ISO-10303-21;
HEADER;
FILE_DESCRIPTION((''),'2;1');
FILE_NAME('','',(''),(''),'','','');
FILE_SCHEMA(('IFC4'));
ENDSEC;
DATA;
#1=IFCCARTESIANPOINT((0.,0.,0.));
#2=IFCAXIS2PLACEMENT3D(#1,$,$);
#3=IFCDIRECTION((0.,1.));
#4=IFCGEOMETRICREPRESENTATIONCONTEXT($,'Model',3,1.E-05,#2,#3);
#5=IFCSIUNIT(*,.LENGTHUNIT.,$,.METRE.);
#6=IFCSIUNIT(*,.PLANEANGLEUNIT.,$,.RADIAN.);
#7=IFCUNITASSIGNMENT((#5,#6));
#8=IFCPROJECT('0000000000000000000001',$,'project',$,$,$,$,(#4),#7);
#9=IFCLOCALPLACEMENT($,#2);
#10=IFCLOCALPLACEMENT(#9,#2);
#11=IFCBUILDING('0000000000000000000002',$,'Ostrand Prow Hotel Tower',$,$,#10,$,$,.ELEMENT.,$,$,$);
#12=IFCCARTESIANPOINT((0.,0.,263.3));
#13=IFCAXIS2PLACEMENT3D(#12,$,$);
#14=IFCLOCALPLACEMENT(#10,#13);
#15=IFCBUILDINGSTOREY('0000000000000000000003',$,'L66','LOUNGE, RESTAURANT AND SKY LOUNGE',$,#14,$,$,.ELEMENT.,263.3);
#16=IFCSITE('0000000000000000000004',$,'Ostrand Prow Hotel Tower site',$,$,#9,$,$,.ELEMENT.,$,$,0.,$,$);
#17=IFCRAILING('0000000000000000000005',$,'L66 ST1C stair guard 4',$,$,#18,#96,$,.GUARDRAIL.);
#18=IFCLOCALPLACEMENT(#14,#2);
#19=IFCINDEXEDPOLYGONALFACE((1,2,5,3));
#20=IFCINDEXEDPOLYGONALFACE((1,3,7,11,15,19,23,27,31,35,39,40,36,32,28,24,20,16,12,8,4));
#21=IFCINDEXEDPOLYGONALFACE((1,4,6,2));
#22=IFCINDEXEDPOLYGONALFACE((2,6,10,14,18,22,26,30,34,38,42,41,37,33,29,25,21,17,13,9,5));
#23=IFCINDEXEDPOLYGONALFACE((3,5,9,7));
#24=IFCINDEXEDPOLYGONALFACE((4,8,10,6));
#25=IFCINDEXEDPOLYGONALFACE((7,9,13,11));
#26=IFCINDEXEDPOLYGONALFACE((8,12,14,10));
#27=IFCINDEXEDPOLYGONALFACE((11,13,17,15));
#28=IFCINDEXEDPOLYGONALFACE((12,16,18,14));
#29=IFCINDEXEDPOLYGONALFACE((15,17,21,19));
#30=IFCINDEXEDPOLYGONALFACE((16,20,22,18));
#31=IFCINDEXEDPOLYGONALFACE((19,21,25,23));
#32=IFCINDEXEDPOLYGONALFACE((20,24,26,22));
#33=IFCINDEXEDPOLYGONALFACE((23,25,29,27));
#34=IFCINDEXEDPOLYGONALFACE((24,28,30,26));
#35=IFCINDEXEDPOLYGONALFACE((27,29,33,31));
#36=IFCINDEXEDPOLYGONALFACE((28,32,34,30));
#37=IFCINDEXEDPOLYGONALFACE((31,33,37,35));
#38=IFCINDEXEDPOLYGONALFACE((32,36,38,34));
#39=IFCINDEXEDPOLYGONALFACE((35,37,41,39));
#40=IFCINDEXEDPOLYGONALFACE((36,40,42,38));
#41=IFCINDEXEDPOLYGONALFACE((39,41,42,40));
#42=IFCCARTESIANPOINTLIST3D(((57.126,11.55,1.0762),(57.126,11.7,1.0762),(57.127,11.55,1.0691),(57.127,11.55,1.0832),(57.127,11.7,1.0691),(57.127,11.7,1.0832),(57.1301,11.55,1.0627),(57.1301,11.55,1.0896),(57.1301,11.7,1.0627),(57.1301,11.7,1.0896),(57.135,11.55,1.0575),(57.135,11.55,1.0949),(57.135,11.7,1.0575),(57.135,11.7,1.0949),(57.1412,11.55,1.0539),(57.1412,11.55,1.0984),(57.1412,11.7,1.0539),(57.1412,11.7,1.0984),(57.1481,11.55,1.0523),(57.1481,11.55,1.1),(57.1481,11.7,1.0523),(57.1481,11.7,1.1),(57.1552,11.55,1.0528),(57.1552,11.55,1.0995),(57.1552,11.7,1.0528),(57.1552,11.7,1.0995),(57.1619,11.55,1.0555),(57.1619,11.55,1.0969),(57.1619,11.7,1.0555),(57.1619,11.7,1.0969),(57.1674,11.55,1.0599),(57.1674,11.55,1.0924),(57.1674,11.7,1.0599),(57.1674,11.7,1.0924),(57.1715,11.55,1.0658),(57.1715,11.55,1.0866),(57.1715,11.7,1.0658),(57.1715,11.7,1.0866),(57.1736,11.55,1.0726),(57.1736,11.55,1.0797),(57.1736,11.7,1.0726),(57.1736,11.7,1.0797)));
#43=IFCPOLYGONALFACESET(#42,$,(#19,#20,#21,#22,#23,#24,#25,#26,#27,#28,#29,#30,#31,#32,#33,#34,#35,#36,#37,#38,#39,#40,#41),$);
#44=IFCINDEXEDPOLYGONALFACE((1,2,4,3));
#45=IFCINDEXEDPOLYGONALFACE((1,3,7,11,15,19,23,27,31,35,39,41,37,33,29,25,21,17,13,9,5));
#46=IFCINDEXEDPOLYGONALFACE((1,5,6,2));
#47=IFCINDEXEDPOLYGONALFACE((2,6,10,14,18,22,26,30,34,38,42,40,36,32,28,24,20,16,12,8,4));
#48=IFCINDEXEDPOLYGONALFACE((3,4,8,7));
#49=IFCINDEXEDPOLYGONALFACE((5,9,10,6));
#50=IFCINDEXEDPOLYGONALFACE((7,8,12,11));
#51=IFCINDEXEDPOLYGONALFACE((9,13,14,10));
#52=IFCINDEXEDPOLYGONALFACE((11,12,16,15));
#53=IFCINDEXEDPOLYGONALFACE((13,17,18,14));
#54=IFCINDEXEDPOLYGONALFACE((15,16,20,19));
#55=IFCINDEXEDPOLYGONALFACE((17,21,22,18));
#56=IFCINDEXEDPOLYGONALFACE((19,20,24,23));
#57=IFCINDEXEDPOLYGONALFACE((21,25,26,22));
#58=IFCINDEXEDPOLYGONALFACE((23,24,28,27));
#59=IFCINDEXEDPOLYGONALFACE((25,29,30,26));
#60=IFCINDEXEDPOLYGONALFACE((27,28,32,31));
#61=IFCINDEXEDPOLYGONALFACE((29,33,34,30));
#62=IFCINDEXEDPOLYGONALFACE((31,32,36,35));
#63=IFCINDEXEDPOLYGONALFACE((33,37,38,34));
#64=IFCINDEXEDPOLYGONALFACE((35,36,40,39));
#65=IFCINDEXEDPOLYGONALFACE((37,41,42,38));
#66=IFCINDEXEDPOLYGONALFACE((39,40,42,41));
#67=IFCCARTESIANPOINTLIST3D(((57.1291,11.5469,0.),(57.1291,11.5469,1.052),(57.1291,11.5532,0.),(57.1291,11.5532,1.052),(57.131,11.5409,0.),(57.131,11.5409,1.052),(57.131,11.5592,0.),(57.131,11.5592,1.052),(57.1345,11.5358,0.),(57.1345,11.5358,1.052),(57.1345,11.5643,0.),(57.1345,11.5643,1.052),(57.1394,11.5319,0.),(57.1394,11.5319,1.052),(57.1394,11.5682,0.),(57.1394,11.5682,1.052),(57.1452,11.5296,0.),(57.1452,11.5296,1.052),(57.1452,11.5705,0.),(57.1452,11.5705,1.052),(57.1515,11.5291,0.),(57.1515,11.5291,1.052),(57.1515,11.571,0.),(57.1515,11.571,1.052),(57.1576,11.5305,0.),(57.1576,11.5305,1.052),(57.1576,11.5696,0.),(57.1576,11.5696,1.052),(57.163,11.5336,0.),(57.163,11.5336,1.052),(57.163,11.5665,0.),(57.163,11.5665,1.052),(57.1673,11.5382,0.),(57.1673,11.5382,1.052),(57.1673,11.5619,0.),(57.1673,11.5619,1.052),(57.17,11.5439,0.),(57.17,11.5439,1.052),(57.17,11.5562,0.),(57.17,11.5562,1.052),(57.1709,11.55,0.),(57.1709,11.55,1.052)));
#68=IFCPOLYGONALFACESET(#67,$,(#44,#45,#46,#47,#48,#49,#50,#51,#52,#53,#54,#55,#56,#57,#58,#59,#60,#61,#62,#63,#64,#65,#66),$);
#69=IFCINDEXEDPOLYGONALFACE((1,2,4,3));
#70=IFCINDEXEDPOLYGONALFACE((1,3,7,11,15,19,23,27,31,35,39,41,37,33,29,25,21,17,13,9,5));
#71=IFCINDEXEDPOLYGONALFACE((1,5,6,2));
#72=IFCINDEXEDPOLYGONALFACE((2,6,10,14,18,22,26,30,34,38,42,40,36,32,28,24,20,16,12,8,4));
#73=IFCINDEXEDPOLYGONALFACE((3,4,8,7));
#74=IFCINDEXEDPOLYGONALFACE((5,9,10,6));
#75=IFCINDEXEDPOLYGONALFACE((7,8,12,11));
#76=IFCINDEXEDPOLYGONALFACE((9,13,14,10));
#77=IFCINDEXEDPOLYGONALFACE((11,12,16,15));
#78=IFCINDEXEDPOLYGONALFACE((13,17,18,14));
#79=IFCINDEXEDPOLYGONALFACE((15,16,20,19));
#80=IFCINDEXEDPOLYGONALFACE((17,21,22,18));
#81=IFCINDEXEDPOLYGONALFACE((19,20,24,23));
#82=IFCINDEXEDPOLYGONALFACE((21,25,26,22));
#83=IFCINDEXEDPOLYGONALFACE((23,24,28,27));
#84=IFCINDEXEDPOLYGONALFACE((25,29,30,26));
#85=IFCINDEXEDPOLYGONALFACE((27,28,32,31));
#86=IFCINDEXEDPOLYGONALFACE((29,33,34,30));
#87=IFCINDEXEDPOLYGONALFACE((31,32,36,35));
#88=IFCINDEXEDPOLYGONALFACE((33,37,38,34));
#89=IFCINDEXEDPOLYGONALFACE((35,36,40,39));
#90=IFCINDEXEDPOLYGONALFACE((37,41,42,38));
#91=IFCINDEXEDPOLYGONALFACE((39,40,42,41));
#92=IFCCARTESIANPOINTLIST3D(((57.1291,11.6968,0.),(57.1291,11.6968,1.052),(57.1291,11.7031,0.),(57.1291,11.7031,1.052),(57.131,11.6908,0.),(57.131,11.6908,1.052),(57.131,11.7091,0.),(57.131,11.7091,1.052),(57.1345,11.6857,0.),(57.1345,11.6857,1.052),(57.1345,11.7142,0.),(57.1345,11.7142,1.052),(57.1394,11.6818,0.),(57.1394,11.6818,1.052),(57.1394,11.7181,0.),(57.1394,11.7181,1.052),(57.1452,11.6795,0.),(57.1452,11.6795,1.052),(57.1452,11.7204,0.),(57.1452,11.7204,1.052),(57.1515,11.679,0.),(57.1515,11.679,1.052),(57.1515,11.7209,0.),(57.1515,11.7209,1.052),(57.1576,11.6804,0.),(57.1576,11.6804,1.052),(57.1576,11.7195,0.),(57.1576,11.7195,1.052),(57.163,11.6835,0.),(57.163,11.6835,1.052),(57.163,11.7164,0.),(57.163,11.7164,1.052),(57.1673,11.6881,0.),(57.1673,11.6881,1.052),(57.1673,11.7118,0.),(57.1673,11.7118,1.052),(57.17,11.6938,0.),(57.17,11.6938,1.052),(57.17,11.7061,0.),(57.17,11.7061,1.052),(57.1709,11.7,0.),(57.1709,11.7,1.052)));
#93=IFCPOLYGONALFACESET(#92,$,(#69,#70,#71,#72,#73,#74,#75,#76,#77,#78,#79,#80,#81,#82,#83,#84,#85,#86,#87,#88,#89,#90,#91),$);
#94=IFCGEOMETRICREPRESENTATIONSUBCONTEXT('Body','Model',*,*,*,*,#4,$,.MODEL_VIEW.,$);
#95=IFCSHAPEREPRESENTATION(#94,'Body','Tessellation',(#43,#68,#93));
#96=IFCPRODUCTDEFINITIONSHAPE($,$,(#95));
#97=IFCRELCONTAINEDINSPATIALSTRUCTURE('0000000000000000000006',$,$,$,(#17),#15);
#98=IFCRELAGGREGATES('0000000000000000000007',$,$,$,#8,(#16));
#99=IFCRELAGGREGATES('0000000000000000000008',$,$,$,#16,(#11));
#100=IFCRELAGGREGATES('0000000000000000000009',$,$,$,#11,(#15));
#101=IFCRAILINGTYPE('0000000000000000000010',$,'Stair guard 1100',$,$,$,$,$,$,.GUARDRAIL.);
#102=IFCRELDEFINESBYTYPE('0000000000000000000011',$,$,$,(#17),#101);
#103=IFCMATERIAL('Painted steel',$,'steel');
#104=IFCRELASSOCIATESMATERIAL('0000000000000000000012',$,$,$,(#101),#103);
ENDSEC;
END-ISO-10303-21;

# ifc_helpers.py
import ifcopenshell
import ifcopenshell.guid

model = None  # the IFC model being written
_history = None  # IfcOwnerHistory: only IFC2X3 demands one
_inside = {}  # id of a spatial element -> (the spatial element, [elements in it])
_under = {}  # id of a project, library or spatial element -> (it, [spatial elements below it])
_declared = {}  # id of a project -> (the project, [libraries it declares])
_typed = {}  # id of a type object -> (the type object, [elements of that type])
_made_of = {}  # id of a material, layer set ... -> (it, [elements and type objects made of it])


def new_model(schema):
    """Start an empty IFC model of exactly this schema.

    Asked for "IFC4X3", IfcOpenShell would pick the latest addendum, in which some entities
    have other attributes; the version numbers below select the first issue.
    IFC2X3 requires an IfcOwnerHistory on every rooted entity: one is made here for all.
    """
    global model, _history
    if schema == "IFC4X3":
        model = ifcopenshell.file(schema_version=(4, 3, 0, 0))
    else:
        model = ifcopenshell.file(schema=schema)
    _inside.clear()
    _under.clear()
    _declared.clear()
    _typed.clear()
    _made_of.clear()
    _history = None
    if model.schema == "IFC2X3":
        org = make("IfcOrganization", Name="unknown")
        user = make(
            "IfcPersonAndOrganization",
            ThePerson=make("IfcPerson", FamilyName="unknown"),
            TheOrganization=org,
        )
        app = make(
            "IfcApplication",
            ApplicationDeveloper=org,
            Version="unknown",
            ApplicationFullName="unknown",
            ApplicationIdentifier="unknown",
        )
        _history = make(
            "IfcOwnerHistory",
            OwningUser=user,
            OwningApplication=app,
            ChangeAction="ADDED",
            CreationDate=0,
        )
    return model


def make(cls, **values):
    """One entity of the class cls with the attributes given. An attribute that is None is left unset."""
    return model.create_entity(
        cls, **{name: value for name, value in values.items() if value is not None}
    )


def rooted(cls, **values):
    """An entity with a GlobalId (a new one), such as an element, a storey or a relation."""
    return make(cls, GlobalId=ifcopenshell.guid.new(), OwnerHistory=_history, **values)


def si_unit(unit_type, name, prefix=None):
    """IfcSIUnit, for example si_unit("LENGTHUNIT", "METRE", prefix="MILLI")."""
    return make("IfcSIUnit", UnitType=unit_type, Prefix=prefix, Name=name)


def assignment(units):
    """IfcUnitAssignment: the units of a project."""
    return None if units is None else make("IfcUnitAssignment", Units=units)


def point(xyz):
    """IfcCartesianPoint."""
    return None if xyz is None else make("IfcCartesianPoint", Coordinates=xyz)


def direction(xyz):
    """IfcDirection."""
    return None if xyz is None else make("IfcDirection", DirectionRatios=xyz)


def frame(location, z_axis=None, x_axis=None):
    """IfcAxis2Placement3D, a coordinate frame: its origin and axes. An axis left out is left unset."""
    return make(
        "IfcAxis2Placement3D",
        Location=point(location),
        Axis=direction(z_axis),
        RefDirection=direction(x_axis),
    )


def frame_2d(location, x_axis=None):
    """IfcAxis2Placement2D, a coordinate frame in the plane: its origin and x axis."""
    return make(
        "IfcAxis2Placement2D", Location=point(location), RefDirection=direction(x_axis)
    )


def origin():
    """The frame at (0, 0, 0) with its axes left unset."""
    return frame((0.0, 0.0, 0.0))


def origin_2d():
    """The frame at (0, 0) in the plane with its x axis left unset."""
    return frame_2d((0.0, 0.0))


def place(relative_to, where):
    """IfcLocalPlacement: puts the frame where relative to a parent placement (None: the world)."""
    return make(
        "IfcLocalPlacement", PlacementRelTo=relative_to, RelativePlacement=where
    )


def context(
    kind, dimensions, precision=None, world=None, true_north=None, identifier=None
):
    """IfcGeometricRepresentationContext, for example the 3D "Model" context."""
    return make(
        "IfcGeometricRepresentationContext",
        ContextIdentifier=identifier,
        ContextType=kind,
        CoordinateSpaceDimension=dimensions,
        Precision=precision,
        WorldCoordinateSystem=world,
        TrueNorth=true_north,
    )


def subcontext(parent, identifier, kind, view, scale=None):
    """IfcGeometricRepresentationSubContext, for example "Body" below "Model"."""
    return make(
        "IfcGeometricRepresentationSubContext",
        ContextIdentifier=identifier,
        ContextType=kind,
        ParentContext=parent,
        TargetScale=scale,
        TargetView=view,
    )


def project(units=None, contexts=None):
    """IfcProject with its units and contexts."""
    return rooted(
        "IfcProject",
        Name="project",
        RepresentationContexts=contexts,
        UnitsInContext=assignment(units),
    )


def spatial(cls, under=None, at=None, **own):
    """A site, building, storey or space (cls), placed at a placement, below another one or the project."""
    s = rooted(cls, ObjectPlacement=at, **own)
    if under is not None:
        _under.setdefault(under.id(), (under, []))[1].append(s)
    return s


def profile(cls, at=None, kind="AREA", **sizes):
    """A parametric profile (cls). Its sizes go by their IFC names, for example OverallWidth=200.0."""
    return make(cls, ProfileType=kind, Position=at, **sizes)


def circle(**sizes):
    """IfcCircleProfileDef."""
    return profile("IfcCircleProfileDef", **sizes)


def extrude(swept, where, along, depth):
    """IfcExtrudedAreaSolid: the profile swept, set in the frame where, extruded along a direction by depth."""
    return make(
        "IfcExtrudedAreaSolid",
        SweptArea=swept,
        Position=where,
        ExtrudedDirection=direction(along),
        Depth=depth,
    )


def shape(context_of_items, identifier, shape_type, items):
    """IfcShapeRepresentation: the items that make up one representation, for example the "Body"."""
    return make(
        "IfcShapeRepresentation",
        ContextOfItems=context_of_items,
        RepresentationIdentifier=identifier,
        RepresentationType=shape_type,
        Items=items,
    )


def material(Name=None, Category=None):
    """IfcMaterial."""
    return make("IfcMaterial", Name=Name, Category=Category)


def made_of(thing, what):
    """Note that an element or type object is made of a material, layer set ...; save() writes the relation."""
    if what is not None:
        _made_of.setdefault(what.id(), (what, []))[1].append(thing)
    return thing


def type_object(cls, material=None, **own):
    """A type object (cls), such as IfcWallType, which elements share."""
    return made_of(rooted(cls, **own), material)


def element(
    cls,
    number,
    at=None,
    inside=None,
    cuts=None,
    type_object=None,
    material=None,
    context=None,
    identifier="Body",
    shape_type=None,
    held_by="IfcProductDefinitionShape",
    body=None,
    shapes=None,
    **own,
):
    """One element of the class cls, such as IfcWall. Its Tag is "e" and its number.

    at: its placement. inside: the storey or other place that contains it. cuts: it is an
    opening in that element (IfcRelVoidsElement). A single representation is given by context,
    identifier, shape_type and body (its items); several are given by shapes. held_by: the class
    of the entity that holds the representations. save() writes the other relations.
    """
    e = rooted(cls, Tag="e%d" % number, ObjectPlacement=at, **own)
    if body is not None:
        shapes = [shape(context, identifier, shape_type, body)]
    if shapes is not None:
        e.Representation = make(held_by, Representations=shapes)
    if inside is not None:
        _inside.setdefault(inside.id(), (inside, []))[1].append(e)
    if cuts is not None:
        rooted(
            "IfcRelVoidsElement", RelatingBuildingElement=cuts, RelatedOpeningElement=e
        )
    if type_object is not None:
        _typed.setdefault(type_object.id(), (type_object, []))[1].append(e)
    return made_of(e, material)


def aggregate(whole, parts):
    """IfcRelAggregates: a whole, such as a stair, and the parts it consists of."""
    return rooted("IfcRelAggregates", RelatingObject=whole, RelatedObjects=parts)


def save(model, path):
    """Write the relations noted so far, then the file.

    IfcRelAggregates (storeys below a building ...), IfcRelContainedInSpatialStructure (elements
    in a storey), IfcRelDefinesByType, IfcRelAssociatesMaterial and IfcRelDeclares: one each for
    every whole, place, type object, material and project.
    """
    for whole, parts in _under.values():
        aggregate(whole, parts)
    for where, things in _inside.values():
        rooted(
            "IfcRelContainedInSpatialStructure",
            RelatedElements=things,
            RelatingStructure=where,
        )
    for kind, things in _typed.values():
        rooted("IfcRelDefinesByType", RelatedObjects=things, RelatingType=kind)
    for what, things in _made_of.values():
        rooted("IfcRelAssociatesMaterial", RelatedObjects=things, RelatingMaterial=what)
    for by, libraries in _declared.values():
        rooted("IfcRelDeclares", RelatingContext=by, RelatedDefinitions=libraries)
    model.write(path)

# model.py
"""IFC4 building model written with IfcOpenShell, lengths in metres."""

from ifc_helpers import new_model, si_unit, direction, frame, origin, origin_2d, place, context, subcontext, project, spatial, circle, extrude, material, type_object, element, save


model = new_model("IFC4")

# Units and contexts
model_context = context("Model", 3, precision=1e-05, world=origin(), true_north=direction((0.0, 1.0)))
body_context = subcontext(model_context, "Body", "Model", "MODEL_VIEW")
ifc_project = project(units=[si_unit("LENGTHUNIT", "METRE"), si_unit("PLANEANGLEUNIT", "RADIAN")], contexts=[model_context])

# Site, building, storey
site_placement = place(None, origin())
site = spatial("IfcSite", under=ifc_project, at=site_placement, Name="Ostrand Prow Hotel Tower site", CompositionType="ELEMENT", RefElevation=0.0)
building_placement = place(site_placement, origin())
building = spatial("IfcBuilding", under=site, at=building_placement, Name="Ostrand Prow Hotel Tower", CompositionType="ELEMENT")
storey_placement = place(building_placement, frame((0.0, 0.0, 263.3)))
storey = spatial("IfcBuildingStorey", under=building, at=storey_placement, Name="L66", Description="LOUNGE, RESTAURANT AND SKY LOUNGE", CompositionType="ELEMENT", Elevation=263.3)

# Railing
ifc_material_1 = material(Name="Painted steel", Category="steel")
railing_type_1 = type_object("IfcRailingType", Name="Stair guard 1100", PredefinedType="GUARDRAIL", material=ifc_material_1)
railing_1_placement = place(storey_placement, frame((57.1499, 11.55, 0.0)))
element("IfcRailing", 1, at=railing_1_placement, inside=storey, type_object=railing_type_1, Name="L66 ST1C stair guard 4", PredefinedType="GUARDRAIL", context=body_context, shape_type="SweptSolid", body=[
    extrude(circle(Radius=0.0239, at=origin_2d()), frame((0.0, 0.0, 1.0762), z_axis=(0.0, 1.0, 0.0), x_axis=(-1.0, 0.0, 0.0)), (0.0, 0.0, 1.0), 0.1499),
    extrude(circle(Radius=0.021, at=origin_2d()), origin(), (0.0, 0.0, 1.0), 1.052),
    extrude(circle(Radius=0.021, at=origin_2d()), frame((0.0, 0.1499, 0.0)), (0.0, 0.0, 1.0), 1.052),
])

save(model, "model.ifc")
